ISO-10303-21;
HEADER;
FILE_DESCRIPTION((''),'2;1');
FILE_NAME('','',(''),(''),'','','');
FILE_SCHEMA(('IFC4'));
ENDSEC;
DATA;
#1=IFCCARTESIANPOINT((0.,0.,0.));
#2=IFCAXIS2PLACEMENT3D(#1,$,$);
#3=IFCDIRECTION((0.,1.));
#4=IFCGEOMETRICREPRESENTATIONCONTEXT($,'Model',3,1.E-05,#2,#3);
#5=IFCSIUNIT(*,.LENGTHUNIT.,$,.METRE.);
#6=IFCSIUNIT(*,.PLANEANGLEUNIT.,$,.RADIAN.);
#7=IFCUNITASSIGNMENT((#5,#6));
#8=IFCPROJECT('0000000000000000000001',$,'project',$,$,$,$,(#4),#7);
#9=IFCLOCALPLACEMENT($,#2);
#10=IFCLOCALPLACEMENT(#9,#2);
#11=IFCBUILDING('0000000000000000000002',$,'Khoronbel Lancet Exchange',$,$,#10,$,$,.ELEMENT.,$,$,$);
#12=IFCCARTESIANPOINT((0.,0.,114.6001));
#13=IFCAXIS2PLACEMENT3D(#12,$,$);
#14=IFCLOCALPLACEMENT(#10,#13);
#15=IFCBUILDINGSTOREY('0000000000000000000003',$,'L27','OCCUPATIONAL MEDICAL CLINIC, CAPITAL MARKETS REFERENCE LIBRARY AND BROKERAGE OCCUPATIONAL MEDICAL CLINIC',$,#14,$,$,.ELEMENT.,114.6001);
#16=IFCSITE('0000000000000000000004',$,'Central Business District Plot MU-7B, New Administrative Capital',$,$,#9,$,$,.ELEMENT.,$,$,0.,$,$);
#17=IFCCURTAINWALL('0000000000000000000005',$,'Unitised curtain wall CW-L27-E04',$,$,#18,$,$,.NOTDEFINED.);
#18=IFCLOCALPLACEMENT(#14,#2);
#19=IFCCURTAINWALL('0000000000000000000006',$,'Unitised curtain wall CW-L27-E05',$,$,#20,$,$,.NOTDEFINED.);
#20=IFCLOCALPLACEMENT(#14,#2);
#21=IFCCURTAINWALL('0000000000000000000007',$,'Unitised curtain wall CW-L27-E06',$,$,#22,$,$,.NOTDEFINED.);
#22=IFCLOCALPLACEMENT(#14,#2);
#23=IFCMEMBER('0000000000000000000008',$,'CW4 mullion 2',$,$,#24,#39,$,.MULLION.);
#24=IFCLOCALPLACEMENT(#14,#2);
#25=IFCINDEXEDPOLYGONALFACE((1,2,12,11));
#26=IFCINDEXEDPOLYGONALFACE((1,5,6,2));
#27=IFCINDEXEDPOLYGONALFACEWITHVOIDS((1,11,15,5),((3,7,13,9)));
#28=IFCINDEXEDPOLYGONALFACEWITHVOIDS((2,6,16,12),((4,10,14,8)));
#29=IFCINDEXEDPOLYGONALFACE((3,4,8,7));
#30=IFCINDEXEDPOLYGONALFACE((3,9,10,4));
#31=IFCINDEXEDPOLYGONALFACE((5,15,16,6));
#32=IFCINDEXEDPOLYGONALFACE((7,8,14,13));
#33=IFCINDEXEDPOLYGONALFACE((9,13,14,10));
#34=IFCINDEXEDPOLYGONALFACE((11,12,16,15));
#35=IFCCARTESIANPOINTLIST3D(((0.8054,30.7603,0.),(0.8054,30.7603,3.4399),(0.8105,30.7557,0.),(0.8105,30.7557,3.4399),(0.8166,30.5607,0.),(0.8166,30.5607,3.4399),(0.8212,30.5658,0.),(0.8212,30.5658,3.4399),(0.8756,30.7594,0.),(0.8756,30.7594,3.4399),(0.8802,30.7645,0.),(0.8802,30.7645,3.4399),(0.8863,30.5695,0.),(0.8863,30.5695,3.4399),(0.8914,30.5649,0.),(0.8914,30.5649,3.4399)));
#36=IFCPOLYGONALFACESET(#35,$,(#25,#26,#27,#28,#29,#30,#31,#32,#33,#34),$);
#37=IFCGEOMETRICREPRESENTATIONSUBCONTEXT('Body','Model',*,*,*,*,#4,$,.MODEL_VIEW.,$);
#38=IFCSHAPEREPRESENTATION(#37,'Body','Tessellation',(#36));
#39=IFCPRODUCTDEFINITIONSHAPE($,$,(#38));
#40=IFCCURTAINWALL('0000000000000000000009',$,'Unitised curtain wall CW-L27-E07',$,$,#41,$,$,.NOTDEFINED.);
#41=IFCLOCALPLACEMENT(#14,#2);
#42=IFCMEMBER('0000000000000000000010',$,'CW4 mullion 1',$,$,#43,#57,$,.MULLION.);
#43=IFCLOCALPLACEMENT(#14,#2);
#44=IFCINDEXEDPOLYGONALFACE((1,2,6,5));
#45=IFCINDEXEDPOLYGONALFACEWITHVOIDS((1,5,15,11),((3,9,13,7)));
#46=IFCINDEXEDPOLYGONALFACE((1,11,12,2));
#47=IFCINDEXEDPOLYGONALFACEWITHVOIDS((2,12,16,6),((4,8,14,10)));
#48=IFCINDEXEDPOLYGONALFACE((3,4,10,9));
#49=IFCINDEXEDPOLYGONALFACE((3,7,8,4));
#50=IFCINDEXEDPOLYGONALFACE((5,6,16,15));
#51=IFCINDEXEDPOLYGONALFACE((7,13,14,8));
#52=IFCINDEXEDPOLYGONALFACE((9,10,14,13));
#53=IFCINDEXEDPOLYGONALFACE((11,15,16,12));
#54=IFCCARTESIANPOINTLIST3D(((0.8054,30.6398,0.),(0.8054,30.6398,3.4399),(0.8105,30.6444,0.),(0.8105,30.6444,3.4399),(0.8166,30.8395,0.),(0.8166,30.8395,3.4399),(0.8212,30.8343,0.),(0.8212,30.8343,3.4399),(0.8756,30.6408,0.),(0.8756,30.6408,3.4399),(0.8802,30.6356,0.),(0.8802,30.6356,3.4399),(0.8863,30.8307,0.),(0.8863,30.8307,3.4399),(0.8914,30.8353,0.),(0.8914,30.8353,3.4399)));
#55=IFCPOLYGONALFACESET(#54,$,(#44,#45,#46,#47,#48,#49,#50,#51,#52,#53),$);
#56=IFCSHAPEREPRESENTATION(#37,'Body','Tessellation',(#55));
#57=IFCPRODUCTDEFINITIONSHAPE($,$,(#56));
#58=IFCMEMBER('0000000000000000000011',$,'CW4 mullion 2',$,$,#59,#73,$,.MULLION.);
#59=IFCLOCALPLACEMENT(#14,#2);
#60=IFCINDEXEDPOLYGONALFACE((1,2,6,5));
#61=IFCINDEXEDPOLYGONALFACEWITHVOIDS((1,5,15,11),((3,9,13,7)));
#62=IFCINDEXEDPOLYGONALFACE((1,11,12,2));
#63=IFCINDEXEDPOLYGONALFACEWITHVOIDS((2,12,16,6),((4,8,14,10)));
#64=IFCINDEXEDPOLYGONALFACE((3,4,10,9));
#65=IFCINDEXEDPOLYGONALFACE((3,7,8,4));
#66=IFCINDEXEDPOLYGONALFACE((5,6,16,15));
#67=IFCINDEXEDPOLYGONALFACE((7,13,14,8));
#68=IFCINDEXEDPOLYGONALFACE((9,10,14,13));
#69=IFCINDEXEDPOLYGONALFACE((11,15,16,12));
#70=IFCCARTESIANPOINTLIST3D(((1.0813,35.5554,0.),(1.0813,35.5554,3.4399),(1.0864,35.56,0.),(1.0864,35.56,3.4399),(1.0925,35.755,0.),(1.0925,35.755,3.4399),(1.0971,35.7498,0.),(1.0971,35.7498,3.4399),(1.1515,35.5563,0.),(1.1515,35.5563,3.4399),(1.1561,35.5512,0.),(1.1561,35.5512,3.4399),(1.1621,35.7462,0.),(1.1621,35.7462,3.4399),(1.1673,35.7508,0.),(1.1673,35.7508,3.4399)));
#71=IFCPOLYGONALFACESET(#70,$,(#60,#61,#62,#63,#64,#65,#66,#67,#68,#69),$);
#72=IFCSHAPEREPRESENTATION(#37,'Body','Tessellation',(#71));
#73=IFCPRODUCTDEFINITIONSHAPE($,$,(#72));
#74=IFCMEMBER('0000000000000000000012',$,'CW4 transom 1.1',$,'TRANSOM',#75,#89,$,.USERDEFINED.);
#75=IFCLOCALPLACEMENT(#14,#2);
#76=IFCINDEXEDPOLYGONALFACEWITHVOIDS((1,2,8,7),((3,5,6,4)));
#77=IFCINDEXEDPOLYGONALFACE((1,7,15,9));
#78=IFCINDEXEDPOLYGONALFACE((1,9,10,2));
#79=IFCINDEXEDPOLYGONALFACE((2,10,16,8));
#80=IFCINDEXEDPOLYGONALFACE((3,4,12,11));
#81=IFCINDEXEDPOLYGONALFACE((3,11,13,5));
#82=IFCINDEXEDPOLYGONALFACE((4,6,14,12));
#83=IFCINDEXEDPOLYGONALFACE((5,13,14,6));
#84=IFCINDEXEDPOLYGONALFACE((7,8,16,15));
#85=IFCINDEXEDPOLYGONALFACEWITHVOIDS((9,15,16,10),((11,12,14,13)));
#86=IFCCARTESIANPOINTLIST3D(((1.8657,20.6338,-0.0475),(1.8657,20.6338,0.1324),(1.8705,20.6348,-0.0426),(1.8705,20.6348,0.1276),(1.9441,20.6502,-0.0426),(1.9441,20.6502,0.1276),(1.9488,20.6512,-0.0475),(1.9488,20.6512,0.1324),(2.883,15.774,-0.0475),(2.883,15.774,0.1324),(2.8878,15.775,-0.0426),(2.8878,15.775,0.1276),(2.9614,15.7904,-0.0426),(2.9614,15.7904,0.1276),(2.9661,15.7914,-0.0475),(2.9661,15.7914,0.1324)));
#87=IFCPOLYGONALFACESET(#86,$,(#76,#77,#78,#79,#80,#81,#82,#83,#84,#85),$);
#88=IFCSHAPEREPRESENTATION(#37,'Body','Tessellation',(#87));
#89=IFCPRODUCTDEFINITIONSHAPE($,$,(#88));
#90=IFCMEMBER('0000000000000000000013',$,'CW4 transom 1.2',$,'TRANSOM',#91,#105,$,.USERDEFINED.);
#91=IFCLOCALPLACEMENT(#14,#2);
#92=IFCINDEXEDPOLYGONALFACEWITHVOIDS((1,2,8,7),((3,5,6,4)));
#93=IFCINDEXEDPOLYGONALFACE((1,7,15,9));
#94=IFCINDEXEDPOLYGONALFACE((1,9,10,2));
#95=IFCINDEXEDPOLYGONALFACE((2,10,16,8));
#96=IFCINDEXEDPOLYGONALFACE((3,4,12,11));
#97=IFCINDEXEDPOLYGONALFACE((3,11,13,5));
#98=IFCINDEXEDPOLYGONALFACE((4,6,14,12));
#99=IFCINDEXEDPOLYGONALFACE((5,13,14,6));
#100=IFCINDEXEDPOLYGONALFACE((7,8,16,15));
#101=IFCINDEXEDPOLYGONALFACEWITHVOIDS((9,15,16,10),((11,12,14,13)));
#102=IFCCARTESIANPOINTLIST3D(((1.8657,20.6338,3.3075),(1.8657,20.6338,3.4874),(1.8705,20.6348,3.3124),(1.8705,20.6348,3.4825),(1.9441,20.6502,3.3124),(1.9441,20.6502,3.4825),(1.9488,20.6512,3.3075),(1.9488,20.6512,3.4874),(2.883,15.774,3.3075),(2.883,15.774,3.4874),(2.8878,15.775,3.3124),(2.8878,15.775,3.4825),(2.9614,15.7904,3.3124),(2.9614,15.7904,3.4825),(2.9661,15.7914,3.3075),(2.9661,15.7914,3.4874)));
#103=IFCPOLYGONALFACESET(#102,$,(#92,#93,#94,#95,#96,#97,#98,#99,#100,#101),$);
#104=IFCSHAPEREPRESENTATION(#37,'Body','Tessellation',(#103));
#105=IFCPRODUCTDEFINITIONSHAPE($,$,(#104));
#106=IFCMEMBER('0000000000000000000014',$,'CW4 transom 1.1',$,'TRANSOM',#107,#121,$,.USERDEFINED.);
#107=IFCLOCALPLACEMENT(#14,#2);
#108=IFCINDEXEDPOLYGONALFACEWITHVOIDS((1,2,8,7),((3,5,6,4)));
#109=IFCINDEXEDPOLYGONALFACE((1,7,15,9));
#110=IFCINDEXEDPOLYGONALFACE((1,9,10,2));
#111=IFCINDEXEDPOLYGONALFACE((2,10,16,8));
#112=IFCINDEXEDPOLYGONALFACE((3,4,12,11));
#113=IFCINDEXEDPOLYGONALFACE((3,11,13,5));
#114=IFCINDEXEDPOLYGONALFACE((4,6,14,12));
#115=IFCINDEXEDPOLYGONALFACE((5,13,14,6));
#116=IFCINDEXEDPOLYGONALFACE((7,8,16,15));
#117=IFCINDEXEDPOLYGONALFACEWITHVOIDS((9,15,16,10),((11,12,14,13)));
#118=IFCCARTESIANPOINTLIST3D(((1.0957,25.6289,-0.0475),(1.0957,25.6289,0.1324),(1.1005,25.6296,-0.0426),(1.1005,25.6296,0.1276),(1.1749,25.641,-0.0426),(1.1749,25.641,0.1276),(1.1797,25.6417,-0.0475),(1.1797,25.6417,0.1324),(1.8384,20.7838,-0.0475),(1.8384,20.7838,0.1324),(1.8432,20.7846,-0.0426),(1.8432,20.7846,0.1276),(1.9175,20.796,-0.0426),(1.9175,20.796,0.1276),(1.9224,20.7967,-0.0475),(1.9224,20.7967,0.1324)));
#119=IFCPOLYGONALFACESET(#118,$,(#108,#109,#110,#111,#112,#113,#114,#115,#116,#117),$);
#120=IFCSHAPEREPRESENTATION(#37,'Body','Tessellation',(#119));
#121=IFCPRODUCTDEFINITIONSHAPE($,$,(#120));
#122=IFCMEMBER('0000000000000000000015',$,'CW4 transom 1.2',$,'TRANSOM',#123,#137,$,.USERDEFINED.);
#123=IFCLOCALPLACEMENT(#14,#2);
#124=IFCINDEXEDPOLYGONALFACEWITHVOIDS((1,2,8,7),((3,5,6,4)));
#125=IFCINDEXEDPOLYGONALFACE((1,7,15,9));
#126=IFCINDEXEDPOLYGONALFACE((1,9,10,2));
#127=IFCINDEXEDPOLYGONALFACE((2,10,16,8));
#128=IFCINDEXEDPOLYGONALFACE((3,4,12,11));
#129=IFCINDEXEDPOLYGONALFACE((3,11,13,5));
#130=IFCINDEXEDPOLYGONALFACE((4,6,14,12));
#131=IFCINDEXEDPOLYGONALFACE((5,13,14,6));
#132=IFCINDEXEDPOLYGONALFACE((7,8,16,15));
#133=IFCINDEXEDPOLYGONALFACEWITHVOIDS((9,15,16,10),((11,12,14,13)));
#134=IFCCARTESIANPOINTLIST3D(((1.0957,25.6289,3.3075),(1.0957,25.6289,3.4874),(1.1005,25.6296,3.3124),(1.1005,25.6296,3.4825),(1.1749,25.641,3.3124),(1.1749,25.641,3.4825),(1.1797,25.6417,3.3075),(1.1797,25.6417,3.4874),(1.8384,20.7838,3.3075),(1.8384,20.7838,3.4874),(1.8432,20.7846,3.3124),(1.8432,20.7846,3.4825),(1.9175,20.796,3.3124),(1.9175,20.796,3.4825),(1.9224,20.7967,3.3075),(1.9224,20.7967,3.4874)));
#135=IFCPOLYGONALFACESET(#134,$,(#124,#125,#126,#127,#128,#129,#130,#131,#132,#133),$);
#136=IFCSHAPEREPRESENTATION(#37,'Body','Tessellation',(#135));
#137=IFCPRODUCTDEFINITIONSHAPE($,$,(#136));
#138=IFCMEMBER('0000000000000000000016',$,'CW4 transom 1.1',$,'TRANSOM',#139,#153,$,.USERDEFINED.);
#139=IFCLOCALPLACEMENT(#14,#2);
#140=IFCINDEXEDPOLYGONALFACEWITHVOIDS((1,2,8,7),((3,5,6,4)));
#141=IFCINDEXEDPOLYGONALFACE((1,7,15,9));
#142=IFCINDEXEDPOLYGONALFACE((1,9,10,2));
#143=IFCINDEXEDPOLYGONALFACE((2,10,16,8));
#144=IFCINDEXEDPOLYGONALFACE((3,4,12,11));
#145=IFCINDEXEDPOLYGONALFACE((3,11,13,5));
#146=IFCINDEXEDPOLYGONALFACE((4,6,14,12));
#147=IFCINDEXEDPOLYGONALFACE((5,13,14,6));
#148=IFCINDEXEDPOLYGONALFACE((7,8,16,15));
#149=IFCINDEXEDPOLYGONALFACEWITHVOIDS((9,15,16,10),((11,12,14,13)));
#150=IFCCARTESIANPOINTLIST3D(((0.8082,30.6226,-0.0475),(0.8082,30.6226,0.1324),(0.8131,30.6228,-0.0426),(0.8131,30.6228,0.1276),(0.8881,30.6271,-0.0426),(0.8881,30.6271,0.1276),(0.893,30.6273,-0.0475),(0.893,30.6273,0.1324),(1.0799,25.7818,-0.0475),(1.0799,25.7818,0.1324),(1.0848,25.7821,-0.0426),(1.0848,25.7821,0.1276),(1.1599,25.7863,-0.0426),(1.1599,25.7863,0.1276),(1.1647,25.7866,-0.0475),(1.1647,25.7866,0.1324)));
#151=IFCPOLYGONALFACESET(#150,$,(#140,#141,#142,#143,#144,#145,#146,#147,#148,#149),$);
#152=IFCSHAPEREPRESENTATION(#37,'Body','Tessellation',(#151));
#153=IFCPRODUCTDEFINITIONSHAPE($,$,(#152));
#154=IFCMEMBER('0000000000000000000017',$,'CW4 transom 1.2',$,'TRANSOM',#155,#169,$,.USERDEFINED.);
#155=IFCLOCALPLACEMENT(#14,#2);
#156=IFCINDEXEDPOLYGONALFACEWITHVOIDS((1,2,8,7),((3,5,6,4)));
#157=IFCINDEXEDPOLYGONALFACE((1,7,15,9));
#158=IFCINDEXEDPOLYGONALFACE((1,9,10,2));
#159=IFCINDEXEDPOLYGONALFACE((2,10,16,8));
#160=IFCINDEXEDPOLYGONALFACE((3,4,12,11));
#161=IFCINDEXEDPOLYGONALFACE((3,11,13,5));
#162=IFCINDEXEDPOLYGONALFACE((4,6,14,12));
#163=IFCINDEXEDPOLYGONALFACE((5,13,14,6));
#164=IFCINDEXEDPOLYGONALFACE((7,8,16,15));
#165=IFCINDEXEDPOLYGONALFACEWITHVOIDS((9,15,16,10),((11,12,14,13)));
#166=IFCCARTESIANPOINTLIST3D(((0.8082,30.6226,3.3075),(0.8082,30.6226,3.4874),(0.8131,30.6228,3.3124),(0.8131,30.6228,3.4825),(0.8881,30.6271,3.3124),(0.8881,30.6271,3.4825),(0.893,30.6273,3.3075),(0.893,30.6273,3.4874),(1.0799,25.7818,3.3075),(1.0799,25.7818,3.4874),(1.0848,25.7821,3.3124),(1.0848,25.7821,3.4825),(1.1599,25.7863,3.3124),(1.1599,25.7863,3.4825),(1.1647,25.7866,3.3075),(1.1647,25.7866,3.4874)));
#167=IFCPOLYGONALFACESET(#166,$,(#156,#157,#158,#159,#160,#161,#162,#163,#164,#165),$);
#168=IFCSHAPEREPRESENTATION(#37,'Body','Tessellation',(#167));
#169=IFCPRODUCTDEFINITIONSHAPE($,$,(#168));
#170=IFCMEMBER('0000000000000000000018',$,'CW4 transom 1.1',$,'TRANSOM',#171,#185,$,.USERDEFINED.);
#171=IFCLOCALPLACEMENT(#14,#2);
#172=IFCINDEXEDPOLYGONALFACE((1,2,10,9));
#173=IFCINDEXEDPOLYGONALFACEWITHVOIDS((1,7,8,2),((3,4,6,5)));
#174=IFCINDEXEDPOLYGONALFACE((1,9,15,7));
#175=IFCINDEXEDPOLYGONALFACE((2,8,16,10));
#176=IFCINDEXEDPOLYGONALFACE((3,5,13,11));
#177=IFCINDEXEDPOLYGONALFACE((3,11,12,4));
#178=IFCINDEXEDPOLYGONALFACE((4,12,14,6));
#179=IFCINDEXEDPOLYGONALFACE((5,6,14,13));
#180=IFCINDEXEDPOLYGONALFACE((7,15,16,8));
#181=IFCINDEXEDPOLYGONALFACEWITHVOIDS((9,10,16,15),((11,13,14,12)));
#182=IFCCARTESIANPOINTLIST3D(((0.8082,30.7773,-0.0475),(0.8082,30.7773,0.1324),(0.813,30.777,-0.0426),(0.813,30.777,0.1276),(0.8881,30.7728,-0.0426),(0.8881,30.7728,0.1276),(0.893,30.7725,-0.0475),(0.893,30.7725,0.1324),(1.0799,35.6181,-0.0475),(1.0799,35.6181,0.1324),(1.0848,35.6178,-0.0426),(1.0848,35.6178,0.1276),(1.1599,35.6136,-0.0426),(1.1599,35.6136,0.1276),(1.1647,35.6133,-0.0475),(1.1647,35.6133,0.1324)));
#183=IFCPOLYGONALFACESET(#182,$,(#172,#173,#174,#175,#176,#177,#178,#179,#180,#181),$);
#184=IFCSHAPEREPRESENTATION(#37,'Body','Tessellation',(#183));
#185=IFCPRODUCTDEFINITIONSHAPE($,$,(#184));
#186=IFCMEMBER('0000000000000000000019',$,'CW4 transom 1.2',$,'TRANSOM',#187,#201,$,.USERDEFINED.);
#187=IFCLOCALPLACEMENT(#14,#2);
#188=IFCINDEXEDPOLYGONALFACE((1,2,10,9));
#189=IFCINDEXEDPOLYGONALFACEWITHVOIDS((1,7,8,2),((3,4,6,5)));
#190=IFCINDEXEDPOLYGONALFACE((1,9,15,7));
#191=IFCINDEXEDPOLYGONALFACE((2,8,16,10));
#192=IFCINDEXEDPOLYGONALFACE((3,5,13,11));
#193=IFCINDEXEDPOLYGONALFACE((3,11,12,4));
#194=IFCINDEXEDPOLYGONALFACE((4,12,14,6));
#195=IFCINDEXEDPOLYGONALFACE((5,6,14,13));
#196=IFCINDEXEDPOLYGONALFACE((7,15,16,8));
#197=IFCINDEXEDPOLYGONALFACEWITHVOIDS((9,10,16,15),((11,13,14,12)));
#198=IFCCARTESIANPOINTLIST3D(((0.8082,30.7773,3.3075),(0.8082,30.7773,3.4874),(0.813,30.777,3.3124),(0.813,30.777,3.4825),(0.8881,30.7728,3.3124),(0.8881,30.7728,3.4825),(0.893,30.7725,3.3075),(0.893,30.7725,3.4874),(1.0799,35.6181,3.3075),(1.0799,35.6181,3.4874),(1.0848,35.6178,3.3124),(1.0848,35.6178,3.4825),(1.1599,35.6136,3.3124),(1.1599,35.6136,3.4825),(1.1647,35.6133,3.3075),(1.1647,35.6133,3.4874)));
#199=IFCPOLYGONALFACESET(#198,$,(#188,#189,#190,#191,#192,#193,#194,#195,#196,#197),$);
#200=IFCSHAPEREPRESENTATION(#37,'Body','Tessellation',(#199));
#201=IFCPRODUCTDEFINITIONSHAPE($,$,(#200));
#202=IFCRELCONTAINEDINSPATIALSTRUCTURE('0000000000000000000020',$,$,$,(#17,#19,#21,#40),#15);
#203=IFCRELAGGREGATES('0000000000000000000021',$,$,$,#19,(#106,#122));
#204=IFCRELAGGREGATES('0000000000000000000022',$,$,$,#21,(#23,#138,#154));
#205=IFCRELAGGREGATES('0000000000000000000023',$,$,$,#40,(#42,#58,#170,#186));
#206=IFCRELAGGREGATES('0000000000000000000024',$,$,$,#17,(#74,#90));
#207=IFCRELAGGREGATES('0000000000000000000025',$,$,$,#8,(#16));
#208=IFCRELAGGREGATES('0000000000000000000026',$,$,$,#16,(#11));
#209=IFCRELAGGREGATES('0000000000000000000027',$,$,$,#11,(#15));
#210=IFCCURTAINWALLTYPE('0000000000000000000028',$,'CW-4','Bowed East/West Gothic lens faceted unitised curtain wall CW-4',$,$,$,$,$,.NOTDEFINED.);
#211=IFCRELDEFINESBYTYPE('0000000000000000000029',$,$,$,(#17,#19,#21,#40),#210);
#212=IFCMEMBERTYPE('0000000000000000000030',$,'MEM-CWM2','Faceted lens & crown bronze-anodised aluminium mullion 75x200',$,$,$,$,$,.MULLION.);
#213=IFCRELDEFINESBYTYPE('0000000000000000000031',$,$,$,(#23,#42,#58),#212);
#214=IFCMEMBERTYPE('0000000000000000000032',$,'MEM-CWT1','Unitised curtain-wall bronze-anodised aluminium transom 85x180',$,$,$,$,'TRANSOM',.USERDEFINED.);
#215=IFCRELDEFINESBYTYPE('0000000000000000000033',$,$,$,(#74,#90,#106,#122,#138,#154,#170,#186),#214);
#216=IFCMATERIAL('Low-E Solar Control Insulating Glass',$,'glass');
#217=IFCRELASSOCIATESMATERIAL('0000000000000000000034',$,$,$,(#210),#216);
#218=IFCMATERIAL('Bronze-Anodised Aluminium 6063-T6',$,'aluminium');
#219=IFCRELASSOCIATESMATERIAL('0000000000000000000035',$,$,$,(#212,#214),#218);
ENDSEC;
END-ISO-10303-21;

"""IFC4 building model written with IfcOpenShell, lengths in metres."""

from ifc_helpers import new_model, si_unit, direction, frame, origin, origin_2d, place, context, subcontext, project, spatial, hollow_rectangle, extrude, material, material_profile, profile_set, type_object, element, aggregate, save


model = new_model("IFC4")

# Units and contexts
model_context = context("Model", 3, precision=1e-05, world=origin(), true_north=direction((0.0, 1.0)))
body_context = subcontext(model_context, "Body", "Model", "MODEL_VIEW")
ifc_project = project(units=[si_unit("LENGTHUNIT", "METRE"), si_unit("PLANEANGLEUNIT", "RADIAN")], contexts=[model_context])

# Site, building, storey
site_placement = place(None, origin())
site = spatial("IfcSite", under=ifc_project, at=site_placement, Name="Central Business District Plot MU-7B, New Administrative Capital", CompositionType="ELEMENT", RefElevation=0.0)
building_placement = place(site_placement, origin())
building = spatial("IfcBuilding", under=site, at=building_placement, Name="Khoronbel Lancet Exchange", CompositionType="ELEMENT")
storey_placement = place(building_placement, frame((0.0, 0.0, 114.6001)))
storey = spatial("IfcBuildingStorey", under=building, at=storey_placement, Name="L27", Description="OCCUPATIONAL MEDICAL CLINIC, CAPITAL MARKETS REFERENCE LIBRARY AND BROKERAGE OCCUPATIONAL MEDICAL CLINIC", CompositionType="ELEMENT", Elevation=114.6001)

# Curtain wall
ifc_material_1 = material(Name="Low-E Solar Control Insulating Glass", Category="glass")
curtain_wall_type = type_object("IfcCurtainWallType", Name="CW-4", Description="Bowed East/West Gothic lens faceted unitised curtain wall CW-4", PredefinedType="NOTDEFINED", material=ifc_material_1)
curtain_wall_1_placement = place(storey_placement, origin())
curtain_wall_1 = element("IfcCurtainWall", 1, at=curtain_wall_1_placement, inside=storey, type_object=curtain_wall_type, Name="Unitised curtain wall CW-L27-E04", PredefinedType="NOTDEFINED")
ifc_material_2 = material(Name="Bronze-Anodised Aluminium 6063-T6", Category="aluminium")
ifc_material_profile_1 = material_profile(ifc_material_2, hollow_rectangle(XDim=0.075, YDim=0.2, WallThickness=0.0049, at=origin_2d()), Name="ALU MULLION 75x200")
ifc_profile_set_1 = profile_set([ifc_material_profile_1], Name="Bronze-Anodised Aluminium 6063-T6")
member_type_1 = type_object("IfcMemberType", Name="MEM-CWM2", Description="Faceted lens & crown bronze-anodised aluminium mullion 75x200", PredefinedType="MULLION", material=ifc_profile_set_1)

# Curtain walls, members
curtain_wall_2_placement = place(storey_placement, origin())
curtain_wall_2 = element("IfcCurtainWall", 2, at=curtain_wall_2_placement, inside=storey, type_object=curtain_wall_type, Name="Unitised curtain wall CW-L27-E05", PredefinedType="NOTDEFINED")
curtain_wall_3_placement = place(storey_placement, origin())
curtain_wall_3 = element("IfcCurtainWall", 3, at=curtain_wall_3_placement, inside=storey, type_object=curtain_wall_type, Name="Unitised curtain wall CW-L27-E06", PredefinedType="NOTDEFINED")
member_1_placement = place(storey_placement, frame((0.8484, 30.6626, 0.0), z_axis=(0.0, 0.0, 1.0), x_axis=(-0.99843, -0.056017, 0.0)))
member_1 = element("IfcMember", 4, at=member_1_placement, type_object=member_type_1, Name="CW4 mullion 2", PredefinedType="MULLION", context=body_context, shape_type="SweptSolid", body=[
    extrude(hollow_rectangle(XDim=0.075, YDim=0.2, WallThickness=0.0049, at=origin_2d()), origin(), (0.0, 0.0, 1.0), 3.4399),
])
curtain_wall_4_placement = place(storey_placement, origin())
curtain_wall_4 = element("IfcCurtainWall", 5, at=curtain_wall_4_placement, inside=storey, type_object=curtain_wall_type, Name="Unitised curtain wall CW-L27-E07", PredefinedType="NOTDEFINED")
member_2_placement = place(storey_placement, frame((0.8484, 30.7375, 0.0), z_axis=(0.0, 0.0, 1.0), x_axis=(-0.99843, 0.056017, 0.0)))
member_2 = element("IfcMember", 6, at=member_2_placement, type_object=member_type_1, Name="CW4 mullion 1", PredefinedType="MULLION", context=body_context, shape_type="SweptSolid", body=[
    extrude(hollow_rectangle(XDim=0.075, YDim=0.2, WallThickness=0.0049, at=origin_2d()), origin(), (0.0, 0.0, 1.0), 3.4399),
])
member_3_placement = place(storey_placement, frame((1.1243, 35.6531, 0.0), z_axis=(0.0, 0.0, 1.0), x_axis=(-0.99843, 0.056017, 0.0)))
member_3 = element("IfcMember", 7, at=member_3_placement, type_object=member_type_1, Name="CW4 mullion 2", PredefinedType="MULLION", context=body_context, shape_type="SweptSolid", body=[
    extrude(hollow_rectangle(XDim=0.075, YDim=0.2, WallThickness=0.0049, at=origin_2d()), origin(), (0.0, 0.0, 1.0), 3.4399),
])

# Members
ifc_material_profile_2 = material_profile(ifc_material_2, hollow_rectangle(XDim=0.085, YDim=0.1799, WallThickness=0.0049, at=origin_2d()), Name="ALU TRANSOM 85x180")
ifc_profile_set_2 = profile_set([ifc_material_profile_2], Name="Bronze-Anodised Aluminium 6063-T6")
member_type_2 = type_object("IfcMemberType", Name="MEM-CWT1", Description="Unitised curtain-wall bronze-anodised aluminium transom 85x180", ElementType="TRANSOM", PredefinedType="USERDEFINED", material=ifc_profile_set_2)
member_4_placement = place(storey_placement, frame((2.9246, 15.7827, 0.0425), z_axis=(-0.204893, 0.978784, 0.0), x_axis=(-0.978784, -0.204893, 0.0)))
member_4 = element("IfcMember", 8, at=member_4_placement, type_object=member_type_2, Name="CW4 transom 1.1", ObjectType="TRANSOM", PredefinedType="USERDEFINED", context=body_context, shape_type="SweptSolid", body=[
    extrude(hollow_rectangle(XDim=0.085, YDim=0.1799, WallThickness=0.0049, at=origin_2d()), origin(), (0.0, 0.0, 1.0), 4.9651),
])
member_5_placement = place(storey_placement, frame((2.9246, 15.7827, 3.3975), z_axis=(-0.204893, 0.978784, 0.0), x_axis=(-0.978784, -0.204893, 0.0)))
member_5 = element("IfcMember", 9, at=member_5_placement, type_object=member_type_2, Name="CW4 transom 1.2", ObjectType="TRANSOM", PredefinedType="USERDEFINED", context=body_context, shape_type="SweptSolid", body=[
    extrude(hollow_rectangle(XDim=0.085, YDim=0.1799, WallThickness=0.0049, at=origin_2d()), origin(), (0.0, 0.0, 1.0), 4.9651),
])
member_6_placement = place(storey_placement, frame((1.8804, 20.7903, 0.0425), z_axis=(-0.151518, 0.988454, 0.0), x_axis=(-0.988454, -0.151518, 0.0)))
member_6 = element("IfcMember", 10, at=member_6_placement, type_object=member_type_2, Name="CW4 transom 1.1", ObjectType="TRANSOM", PredefinedType="USERDEFINED", context=body_context, shape_type="SweptSolid", body=[
    extrude(hollow_rectangle(XDim=0.085, YDim=0.1799, WallThickness=0.0049, at=origin_2d()), origin(), (0.0, 0.0, 1.0), 4.9016),
])
member_7_placement = place(storey_placement, frame((1.8804, 20.7903, 3.3975), z_axis=(-0.151518, 0.988454, 0.0), x_axis=(-0.988454, -0.151518, 0.0)))
member_7 = element("IfcMember", 11, at=member_7_placement, type_object=member_type_2, Name="CW4 transom 1.2", ObjectType="TRANSOM", PredefinedType="USERDEFINED", context=body_context, shape_type="SweptSolid", body=[
    extrude(hollow_rectangle(XDim=0.085, YDim=0.1799, WallThickness=0.0049, at=origin_2d()), origin(), (0.0, 0.0, 1.0), 4.9016),
])
member_8_placement = place(storey_placement, frame((1.1223, 25.7842, 0.0425), z_axis=(-0.056045, 0.998428, 0.0), x_axis=(-0.998428, -0.056045, 0.0)))
member_8 = element("IfcMember", 12, at=member_8_placement, type_object=member_type_2, Name="CW4 transom 1.1", ObjectType="TRANSOM", PredefinedType="USERDEFINED", context=body_context, shape_type="SweptSolid", body=[
    extrude(hollow_rectangle(XDim=0.085, YDim=0.1799, WallThickness=0.0049, at=origin_2d()), origin(), (0.0, 0.0, 1.0), 4.8484),
])
member_9_placement = place(storey_placement, frame((1.1223, 25.7842, 3.3975), z_axis=(-0.056045, 0.998428, 0.0), x_axis=(-0.998428, -0.056045, 0.0)))
member_9 = element("IfcMember", 13, at=member_9_placement, type_object=member_type_2, Name="CW4 transom 1.2", ObjectType="TRANSOM", PredefinedType="USERDEFINED", context=body_context, shape_type="SweptSolid", body=[
    extrude(hollow_rectangle(XDim=0.085, YDim=0.1799, WallThickness=0.0049, at=origin_2d()), origin(), (0.0, 0.0, 1.0), 4.8484),
])
member_10_placement = place(storey_placement, frame((0.8506, 30.7749, 0.0425), z_axis=(0.056045, 0.998428, 0.0), x_axis=(-0.998428, 0.056045, 0.0)))
member_10 = element("IfcMember", 14, at=member_10_placement, type_object=member_type_2, Name="CW4 transom 1.1", ObjectType="TRANSOM", PredefinedType="USERDEFINED", context=body_context, shape_type="SweptSolid", body=[
    extrude(hollow_rectangle(XDim=0.085, YDim=0.1799, WallThickness=0.0049, at=origin_2d()), origin(), (0.0, 0.0, 1.0), 4.8484),
])
member_11_placement = place(storey_placement, frame((0.8506, 30.7749, 3.3975), z_axis=(0.056045, 0.998428, 0.0), x_axis=(-0.998428, 0.056045, 0.0)))
member_11 = element("IfcMember", 15, at=member_11_placement, type_object=member_type_2, Name="CW4 transom 1.2", ObjectType="TRANSOM", PredefinedType="USERDEFINED", context=body_context, shape_type="SweptSolid", body=[
    extrude(hollow_rectangle(XDim=0.085, YDim=0.1799, WallThickness=0.0049, at=origin_2d()), origin(), (0.0, 0.0, 1.0), 4.8484),
])

aggregate(curtain_wall_2, [member_6, member_7])
aggregate(curtain_wall_3, [member_1, member_8, member_9])
aggregate(curtain_wall_4, [member_2, member_3, member_10, member_11])
aggregate(curtain_wall_1, [member_4, member_5])

save(model, "model.ifc")
